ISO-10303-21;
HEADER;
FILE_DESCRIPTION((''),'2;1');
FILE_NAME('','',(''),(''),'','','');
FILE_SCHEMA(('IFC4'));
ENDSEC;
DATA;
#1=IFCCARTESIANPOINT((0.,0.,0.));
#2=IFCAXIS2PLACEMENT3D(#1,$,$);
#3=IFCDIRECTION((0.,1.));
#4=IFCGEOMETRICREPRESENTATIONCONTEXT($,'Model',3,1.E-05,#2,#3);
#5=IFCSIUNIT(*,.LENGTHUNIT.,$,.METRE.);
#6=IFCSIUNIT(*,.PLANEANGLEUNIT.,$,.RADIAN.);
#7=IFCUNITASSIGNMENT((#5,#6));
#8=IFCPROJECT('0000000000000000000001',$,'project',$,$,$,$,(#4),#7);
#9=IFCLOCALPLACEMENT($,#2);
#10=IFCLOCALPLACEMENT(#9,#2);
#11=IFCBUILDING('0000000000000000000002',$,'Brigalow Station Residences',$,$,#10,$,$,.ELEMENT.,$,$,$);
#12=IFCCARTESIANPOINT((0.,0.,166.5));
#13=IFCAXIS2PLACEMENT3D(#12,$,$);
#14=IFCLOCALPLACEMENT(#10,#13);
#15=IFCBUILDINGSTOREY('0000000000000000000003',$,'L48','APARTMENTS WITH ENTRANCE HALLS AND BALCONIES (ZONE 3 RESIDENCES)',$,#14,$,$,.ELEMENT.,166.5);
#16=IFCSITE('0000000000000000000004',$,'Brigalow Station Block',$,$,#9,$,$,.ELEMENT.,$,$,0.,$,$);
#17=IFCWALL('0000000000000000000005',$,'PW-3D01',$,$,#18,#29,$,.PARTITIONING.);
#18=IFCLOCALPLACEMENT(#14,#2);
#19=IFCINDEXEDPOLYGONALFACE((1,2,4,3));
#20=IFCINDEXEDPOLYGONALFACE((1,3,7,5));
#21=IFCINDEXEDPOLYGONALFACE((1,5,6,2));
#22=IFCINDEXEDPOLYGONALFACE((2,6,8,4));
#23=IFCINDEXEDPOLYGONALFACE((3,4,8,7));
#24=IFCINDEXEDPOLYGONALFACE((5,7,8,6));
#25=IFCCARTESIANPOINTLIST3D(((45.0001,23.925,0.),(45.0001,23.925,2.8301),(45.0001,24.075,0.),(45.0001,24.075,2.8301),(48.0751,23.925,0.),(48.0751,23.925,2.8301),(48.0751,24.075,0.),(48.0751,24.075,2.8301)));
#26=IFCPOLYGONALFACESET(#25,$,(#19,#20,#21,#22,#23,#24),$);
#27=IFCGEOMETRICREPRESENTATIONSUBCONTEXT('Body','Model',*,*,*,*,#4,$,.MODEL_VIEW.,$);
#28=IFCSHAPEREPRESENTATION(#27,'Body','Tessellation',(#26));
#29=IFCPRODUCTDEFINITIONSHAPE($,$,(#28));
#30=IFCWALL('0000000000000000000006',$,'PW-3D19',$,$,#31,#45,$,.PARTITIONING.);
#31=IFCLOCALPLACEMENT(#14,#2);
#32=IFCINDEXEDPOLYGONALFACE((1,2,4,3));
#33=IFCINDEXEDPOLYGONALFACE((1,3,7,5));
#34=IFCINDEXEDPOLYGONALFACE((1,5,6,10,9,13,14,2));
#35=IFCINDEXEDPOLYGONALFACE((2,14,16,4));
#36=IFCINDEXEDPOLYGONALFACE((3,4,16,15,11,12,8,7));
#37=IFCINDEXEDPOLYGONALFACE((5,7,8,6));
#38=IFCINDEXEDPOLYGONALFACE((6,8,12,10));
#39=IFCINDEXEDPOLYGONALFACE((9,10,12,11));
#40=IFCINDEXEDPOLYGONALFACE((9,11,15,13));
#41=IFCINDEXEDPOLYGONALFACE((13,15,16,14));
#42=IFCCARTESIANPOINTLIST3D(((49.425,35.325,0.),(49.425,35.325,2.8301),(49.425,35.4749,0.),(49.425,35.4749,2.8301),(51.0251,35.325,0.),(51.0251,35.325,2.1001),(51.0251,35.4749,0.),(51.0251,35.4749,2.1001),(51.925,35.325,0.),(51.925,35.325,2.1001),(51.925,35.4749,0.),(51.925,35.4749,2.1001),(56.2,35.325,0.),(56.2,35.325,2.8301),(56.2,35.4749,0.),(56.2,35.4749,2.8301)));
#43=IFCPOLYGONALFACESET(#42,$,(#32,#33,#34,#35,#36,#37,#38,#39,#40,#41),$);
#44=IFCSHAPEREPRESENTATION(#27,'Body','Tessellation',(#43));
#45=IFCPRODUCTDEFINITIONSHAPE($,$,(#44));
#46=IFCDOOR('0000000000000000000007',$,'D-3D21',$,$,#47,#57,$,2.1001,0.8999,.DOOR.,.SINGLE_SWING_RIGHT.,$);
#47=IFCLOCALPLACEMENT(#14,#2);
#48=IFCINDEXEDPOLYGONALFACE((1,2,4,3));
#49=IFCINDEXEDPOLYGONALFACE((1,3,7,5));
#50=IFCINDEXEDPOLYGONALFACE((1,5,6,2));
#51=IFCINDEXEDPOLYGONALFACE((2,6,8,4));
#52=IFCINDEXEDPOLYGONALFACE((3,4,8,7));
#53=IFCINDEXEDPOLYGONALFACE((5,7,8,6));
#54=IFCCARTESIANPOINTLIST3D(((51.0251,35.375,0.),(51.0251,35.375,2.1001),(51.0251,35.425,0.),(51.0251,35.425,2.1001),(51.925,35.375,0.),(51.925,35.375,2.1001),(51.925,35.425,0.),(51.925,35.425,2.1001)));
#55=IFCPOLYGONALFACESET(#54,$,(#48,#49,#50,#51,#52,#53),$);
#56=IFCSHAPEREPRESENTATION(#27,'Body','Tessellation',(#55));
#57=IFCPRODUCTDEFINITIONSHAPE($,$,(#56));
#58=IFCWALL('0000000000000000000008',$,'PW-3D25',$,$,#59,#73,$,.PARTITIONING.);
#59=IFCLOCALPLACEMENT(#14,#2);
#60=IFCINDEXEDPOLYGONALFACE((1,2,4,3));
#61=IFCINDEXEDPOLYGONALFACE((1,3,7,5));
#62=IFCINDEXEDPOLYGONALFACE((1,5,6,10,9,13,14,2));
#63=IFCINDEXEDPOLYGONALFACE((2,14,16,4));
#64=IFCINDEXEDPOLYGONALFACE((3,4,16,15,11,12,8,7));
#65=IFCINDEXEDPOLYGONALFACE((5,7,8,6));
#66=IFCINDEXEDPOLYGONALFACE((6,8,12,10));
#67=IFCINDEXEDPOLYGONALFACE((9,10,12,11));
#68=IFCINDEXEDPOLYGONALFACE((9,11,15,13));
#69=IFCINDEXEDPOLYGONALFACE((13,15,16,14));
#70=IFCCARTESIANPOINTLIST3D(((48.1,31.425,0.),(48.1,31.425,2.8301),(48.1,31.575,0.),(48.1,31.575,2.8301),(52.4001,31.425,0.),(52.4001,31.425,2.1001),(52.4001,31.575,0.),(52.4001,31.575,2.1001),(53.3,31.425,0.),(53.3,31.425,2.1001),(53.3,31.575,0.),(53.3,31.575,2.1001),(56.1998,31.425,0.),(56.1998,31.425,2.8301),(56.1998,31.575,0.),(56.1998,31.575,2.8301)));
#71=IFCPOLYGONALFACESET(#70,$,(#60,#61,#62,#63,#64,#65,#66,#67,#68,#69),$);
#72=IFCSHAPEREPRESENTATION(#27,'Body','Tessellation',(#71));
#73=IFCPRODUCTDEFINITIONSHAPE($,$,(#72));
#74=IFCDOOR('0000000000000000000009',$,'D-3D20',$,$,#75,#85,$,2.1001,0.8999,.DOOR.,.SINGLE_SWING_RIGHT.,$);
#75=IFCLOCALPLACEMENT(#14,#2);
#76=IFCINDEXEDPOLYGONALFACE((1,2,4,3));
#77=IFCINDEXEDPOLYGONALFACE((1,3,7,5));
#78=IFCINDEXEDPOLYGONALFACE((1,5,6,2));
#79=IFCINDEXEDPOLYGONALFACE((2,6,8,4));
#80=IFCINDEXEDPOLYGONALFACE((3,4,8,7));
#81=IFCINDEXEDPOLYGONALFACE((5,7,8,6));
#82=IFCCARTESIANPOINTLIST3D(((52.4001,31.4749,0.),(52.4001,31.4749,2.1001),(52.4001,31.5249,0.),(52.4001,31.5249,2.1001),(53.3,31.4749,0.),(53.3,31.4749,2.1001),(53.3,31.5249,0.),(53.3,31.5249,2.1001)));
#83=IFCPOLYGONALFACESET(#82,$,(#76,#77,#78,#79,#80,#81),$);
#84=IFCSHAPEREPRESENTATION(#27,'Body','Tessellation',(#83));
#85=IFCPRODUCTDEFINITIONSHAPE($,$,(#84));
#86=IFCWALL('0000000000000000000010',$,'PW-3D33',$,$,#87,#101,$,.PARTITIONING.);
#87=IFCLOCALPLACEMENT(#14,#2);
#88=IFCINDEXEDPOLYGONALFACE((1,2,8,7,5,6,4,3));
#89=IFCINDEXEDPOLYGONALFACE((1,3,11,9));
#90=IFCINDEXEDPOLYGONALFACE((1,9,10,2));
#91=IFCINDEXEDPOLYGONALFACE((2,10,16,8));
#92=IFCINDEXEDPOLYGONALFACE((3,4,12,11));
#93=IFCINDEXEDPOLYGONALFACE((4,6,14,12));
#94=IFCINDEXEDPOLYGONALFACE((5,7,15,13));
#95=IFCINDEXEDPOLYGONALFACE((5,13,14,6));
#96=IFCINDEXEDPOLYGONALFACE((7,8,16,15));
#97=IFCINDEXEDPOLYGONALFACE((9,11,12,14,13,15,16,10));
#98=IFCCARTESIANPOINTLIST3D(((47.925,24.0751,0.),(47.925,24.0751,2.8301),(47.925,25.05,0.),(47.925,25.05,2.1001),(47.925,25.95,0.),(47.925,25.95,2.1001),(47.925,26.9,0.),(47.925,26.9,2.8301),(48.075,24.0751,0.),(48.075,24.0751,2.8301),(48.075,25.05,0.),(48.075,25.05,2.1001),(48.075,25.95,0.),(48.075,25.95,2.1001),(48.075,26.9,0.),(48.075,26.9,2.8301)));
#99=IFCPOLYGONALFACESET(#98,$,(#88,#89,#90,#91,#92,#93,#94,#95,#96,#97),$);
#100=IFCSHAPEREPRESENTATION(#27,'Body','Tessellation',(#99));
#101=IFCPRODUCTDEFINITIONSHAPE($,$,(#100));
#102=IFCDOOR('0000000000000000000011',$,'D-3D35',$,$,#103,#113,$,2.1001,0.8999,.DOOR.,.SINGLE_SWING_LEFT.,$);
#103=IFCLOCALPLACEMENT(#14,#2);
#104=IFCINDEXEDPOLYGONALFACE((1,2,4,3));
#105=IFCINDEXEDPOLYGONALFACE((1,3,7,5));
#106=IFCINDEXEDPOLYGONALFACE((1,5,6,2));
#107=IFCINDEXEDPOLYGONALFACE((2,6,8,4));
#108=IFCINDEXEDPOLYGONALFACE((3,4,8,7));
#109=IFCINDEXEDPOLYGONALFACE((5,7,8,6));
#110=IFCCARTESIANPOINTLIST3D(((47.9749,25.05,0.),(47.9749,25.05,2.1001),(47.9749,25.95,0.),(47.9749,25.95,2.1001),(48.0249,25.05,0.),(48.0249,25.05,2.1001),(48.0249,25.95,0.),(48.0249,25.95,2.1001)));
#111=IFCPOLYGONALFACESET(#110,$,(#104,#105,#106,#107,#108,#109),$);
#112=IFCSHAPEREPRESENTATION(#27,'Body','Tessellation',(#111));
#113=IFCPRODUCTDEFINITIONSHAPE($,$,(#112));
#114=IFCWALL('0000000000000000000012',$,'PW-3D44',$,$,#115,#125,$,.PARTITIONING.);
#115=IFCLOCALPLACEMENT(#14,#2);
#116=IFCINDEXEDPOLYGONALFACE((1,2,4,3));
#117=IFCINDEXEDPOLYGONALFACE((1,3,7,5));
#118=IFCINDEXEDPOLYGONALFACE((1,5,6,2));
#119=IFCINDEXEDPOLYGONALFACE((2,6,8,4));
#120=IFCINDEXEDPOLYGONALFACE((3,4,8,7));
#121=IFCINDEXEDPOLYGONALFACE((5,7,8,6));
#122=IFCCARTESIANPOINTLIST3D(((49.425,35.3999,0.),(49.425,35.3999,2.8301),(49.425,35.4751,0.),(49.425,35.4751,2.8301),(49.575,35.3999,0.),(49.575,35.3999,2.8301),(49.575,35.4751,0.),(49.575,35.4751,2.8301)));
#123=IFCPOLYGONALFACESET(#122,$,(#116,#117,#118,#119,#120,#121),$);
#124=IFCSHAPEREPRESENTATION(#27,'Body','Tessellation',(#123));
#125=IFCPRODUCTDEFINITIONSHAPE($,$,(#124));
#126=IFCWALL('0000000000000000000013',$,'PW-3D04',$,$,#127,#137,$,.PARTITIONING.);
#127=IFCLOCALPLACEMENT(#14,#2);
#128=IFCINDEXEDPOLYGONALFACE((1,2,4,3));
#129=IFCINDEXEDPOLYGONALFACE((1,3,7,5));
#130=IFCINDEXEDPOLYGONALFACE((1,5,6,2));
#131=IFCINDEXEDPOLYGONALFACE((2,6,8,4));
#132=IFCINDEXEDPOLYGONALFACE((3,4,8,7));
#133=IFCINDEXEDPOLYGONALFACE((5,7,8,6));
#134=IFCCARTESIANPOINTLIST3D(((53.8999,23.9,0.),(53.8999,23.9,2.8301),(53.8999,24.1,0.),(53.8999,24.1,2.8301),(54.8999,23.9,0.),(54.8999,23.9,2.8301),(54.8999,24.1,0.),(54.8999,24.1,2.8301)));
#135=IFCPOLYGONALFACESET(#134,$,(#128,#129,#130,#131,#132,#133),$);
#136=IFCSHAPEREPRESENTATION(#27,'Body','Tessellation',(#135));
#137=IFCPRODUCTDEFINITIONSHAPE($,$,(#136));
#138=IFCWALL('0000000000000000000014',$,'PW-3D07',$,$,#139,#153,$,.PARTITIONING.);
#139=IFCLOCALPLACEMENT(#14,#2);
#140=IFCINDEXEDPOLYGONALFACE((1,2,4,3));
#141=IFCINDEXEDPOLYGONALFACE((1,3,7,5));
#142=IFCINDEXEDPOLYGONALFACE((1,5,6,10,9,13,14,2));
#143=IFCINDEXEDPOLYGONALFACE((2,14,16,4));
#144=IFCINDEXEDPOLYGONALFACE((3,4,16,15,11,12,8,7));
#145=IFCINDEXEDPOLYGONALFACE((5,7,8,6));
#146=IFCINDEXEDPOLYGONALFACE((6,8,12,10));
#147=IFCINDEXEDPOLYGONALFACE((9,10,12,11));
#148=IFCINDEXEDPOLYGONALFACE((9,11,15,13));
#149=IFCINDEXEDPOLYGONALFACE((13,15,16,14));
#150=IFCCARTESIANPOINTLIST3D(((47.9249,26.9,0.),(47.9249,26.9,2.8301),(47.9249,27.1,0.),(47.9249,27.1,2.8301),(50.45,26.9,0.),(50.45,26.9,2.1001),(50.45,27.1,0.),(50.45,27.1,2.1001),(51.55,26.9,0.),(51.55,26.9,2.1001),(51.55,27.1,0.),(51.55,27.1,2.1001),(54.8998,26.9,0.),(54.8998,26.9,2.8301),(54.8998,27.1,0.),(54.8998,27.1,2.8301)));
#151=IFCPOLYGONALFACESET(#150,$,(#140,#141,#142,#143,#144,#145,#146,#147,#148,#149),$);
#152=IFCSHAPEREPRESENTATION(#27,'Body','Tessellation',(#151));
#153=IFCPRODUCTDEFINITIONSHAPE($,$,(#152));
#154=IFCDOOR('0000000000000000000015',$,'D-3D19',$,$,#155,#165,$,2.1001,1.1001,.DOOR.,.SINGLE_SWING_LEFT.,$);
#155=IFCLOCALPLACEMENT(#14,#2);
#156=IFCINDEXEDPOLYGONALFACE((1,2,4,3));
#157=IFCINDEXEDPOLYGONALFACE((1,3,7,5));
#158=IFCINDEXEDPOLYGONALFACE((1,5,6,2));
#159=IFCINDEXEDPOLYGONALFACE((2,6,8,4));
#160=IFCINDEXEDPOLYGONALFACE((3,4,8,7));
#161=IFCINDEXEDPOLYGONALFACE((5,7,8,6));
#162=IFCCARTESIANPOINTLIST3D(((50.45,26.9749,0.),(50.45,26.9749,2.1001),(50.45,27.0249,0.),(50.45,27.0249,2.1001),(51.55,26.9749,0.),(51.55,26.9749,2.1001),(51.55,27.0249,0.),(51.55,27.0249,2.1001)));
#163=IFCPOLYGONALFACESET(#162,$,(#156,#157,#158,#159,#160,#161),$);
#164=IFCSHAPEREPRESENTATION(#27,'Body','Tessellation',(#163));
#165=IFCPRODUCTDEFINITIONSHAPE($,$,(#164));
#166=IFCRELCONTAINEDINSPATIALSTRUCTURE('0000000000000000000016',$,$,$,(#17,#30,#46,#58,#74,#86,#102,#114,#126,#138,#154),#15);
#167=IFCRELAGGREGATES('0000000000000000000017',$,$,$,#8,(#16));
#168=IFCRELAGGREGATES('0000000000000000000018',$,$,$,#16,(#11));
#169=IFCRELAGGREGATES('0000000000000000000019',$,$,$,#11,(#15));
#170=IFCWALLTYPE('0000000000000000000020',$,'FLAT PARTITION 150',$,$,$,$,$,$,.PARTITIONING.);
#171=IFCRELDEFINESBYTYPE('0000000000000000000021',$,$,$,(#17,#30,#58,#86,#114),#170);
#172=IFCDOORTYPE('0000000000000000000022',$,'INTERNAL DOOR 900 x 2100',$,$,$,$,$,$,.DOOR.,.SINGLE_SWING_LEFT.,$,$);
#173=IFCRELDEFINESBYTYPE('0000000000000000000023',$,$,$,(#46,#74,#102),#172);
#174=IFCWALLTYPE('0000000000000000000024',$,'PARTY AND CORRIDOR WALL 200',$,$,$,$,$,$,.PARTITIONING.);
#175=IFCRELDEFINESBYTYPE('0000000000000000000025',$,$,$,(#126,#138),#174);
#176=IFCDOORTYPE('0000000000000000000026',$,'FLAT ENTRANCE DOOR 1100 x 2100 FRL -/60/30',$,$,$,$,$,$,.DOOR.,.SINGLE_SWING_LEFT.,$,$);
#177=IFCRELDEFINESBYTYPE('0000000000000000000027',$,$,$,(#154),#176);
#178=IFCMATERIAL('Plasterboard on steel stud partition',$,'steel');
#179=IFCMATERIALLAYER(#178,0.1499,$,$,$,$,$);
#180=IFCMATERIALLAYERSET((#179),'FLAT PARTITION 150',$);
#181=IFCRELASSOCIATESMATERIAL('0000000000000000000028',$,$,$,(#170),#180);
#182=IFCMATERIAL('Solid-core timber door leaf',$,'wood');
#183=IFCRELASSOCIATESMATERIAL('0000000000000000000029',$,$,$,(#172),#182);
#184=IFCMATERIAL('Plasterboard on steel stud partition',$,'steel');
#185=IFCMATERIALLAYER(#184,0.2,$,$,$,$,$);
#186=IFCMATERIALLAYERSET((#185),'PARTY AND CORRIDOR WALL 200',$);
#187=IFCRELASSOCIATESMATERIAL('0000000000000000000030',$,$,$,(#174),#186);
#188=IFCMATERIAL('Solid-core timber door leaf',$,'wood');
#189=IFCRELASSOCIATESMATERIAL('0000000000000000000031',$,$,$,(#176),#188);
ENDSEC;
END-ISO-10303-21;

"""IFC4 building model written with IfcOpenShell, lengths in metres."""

from ifc_helpers import new_model, si_unit, direction, frame, frame_2d, origin, place, context, subcontext, project, spatial, rectangle, extrude, material, layer, layer_set, type_object, element, fill, save


model = new_model("IFC4")

# Units and contexts
model_context = context("Model", 3, precision=1e-05, world=origin(), true_north=direction((0.0, 1.0)))
body_context = subcontext(model_context, "Body", "Model", "MODEL_VIEW")
ifc_project = project(units=[si_unit("LENGTHUNIT", "METRE"), si_unit("PLANEANGLEUNIT", "RADIAN")], contexts=[model_context])

# Site, building, storey
site_placement = place(None, origin())
site = spatial("IfcSite", under=ifc_project, at=site_placement, Name="Brigalow Station Block", CompositionType="ELEMENT", RefElevation=0.0)
building_placement = place(site_placement, origin())
building = spatial("IfcBuilding", under=site, at=building_placement, Name="Brigalow Station Residences", CompositionType="ELEMENT")
storey_placement = place(building_placement, frame((0.0, 0.0, 166.5)))
storey = spatial("IfcBuildingStorey", under=building, at=storey_placement, Name="L48", Description="APARTMENTS WITH ENTRANCE HALLS AND BALCONIES (ZONE 3 RESIDENCES)", CompositionType="ELEMENT", Elevation=166.5)

# Wall
ifc_material_1 = material(Name="Plasterboard on steel stud partition", Category="steel")
ifc_layer_1 = layer(ifc_material_1, 0.1499)
ifc_layer_set_1 = layer_set([ifc_layer_1], Name="FLAT PARTITION 150")
wall_type_1 = type_object("IfcWallType", Name="FLAT PARTITION 150", PredefinedType="PARTITIONING", material=ifc_layer_set_1)
wall_1_placement = place(storey_placement, frame((45.0, 24.0, 0.0), z_axis=(0.0, 0.0, 1.0), x_axis=(1.0, 0.0, 0.0)))
element("IfcWall", 1, at=wall_1_placement, inside=storey, type_object=wall_type_1, Name="PW-3D01", PredefinedType="PARTITIONING", context=body_context, shape_type="SweptSolid", body=[
    extrude(rectangle(XDim=3.075, YDim=0.1499, at=frame_2d((1.5376, 0.0))), origin(), (0.0, 0.0, 1.0), 2.8301),
])

# Walls, openings, doors
wall_2_placement = place(storey_placement, frame((49.425, 35.3999, 0.0), z_axis=(0.0, 0.0, 1.0), x_axis=(1.0, 0.0, 0.0)))
wall_2 = element("IfcWall", 2, at=wall_2_placement, inside=storey, type_object=wall_type_1, Name="PW-3D19", PredefinedType="PARTITIONING", context=body_context, shape_type="SweptSolid", body=[
    extrude(rectangle(XDim=6.7749, YDim=0.1499, at=frame_2d((3.3875, 0.0))), origin(), (0.0, 0.0, 1.0), 2.8301),
])
opening_1_placement = place(wall_2_placement, frame((1.6001, 0.0, 0.0)))
opening_1 = element("IfcOpeningElement", 3, at=opening_1_placement, cuts=wall_2, PredefinedType="OPENING", context=body_context, shape_type="SweptSolid", body=[
    extrude(rectangle(XDim=0.8999, YDim=2.1001, at=frame_2d((0.45, 1.05))), frame((0.0, 0.085, 0.0), z_axis=(0.0, -1.0, 0.0), x_axis=(1.0, 0.0, 0.0)), (0.0, 0.0, 1.0), 0.1699),
])
ifc_material_2 = material(Name="Solid-core timber door leaf", Category="wood")
door_type_1 = type_object("IfcDoorType", Name="INTERNAL DOOR 900 x 2100", OperationType="SINGLE_SWING_LEFT", PredefinedType="DOOR", material=ifc_material_2)
door_1_placement = place(opening_1_placement, frame((0.8999, 0.0, 0.0), z_axis=(0.0, 0.0, 1.0), x_axis=(-1.0, 0.0, 0.0)))
door_1 = element("IfcDoor", 4, at=door_1_placement, inside=storey, type_object=door_type_1, Name="D-3D21", OperationType="SINGLE_SWING_RIGHT", OverallHeight=2.1001, OverallWidth=0.8999, PredefinedType="DOOR", context=body_context, shape_type="SweptSolid", body=[
    extrude(rectangle(XDim=0.8999, YDim=2.1001, at=frame_2d((0.45, 1.05))), frame((0.0, 0.0249, 0.0), z_axis=(0.0, -1.0, 0.0), x_axis=(1.0, 0.0, 0.0)), (0.0, 0.0, 1.0), 0.05),
])
fill(opening_1, door_1)
wall_3_placement = place(storey_placement, frame((48.1001, 31.5, 0.0), z_axis=(0.0, 0.0, 1.0), x_axis=(1.0, 0.0, 0.0)))
wall_3 = element("IfcWall", 5, at=wall_3_placement, inside=storey, type_object=wall_type_1, Name="PW-3D25", PredefinedType="PARTITIONING", context=body_context, shape_type="SweptSolid", body=[
    extrude(rectangle(XDim=8.0999, YDim=0.1499, at=frame_2d((4.0498, 0.0))), origin(), (0.0, 0.0, 1.0), 2.8301),
])
opening_2_placement = place(wall_3_placement, frame((4.3, 0.0, 0.0)))
opening_2 = element("IfcOpeningElement", 6, at=opening_2_placement, cuts=wall_3, PredefinedType="OPENING", context=body_context, shape_type="SweptSolid", body=[
    extrude(rectangle(XDim=0.8999, YDim=2.1001, at=frame_2d((0.45, 1.05))), frame((0.0, 0.085, 0.0), z_axis=(0.0, -1.0, 0.0), x_axis=(1.0, 0.0, 0.0)), (0.0, 0.0, 1.0), 0.1699),
])
door_2_placement = place(opening_2_placement, origin())
door_2 = element("IfcDoor", 7, at=door_2_placement, inside=storey, type_object=door_type_1, Name="D-3D20", OperationType="SINGLE_SWING_RIGHT", OverallHeight=2.1001, OverallWidth=0.8999, PredefinedType="DOOR", context=body_context, shape_type="SweptSolid", body=[
    extrude(rectangle(XDim=0.8999, YDim=2.1001, at=frame_2d((0.45, 1.05))), frame((0.0, 0.0249, 0.0), z_axis=(0.0, -1.0, 0.0), x_axis=(1.0, 0.0, 0.0)), (0.0, 0.0, 1.0), 0.05),
])
fill(opening_2, door_2)
wall_4_placement = place(storey_placement, frame((48.0, 24.075, 0.0), z_axis=(0.0, 0.0, 1.0), x_axis=(0.0, 1.0, 0.0)))
wall_4 = element("IfcWall", 8, at=wall_4_placement, inside=storey, type_object=wall_type_1, Name="PW-3D33", PredefinedType="PARTITIONING", context=body_context, shape_type="SweptSolid", body=[
    extrude(rectangle(XDim=2.825, YDim=0.1499, at=frame_2d((1.4126, 0.0))), origin(), (0.0, 0.0, 1.0), 2.8301),
])
opening_3_placement = place(wall_4_placement, frame((0.9751, 0.0, 0.0)))
opening_3 = element("IfcOpeningElement", 9, at=opening_3_placement, cuts=wall_4, PredefinedType="OPENING", context=body_context, shape_type="SweptSolid", body=[
    extrude(rectangle(XDim=0.8999, YDim=2.1001, at=frame_2d((0.45, 1.05))), frame((0.0, 0.085, 0.0), z_axis=(0.0, -1.0, 0.0), x_axis=(1.0, 0.0, 0.0)), (0.0, 0.0, 1.0), 0.1699),
])
door_3_placement = place(opening_3_placement, frame((0.8999, 0.0, 0.0), z_axis=(0.0, 0.0, 1.0), x_axis=(-1.0, 0.0, 0.0)))
door_3 = element("IfcDoor", 10, at=door_3_placement, inside=storey, type_object=door_type_1, Name="D-3D35", OperationType="SINGLE_SWING_LEFT", OverallHeight=2.1001, OverallWidth=0.8999, PredefinedType="DOOR", context=body_context, shape_type="SweptSolid", body=[
    extrude(rectangle(XDim=0.8999, YDim=2.1001, at=frame_2d((0.45, 1.05))), frame((0.0, 0.0249, 0.0), z_axis=(0.0, -1.0, 0.0), x_axis=(1.0, 0.0, 0.0)), (0.0, 0.0, 1.0), 0.05),
])
fill(opening_3, door_3)

# Walls
wall_5_placement = place(storey_placement, frame((49.5, 35.3999, 0.0), z_axis=(0.0, 0.0, 1.0), x_axis=(0.0, 1.0, 0.0)))
element("IfcWall", 11, at=wall_5_placement, inside=storey, type_object=wall_type_1, Name="PW-3D44", PredefinedType="PARTITIONING", context=body_context, shape_type="SweptSolid", body=[
    extrude(rectangle(XDim=0.0752, YDim=0.1499, at=frame_2d((0.0376, 0.0))), origin(), (0.0, 0.0, 1.0), 2.8301),
])
ifc_material_3 = material(Name="Plasterboard on steel stud partition", Category="steel")
ifc_layer_2 = layer(ifc_material_3, 0.2)
ifc_layer_set_2 = layer_set([ifc_layer_2], Name="PARTY AND CORRIDOR WALL 200")
wall_type_2 = type_object("IfcWallType", Name="PARTY AND CORRIDOR WALL 200", PredefinedType="PARTITIONING", material=ifc_layer_set_2)
wall_6_placement = place(storey_placement, frame((53.8999, 24.0, 0.0), z_axis=(0.0, 0.0, 1.0), x_axis=(1.0, 0.0, 0.0)))
element("IfcWall", 12, at=wall_6_placement, inside=storey, type_object=wall_type_2, Name="PW-3D04", PredefinedType="PARTITIONING", context=body_context, shape_type="SweptSolid", body=[
    extrude(rectangle(XDim=1.0, YDim=0.2, at=frame_2d((0.5, 0.0))), origin(), (0.0, 0.0, 1.0), 2.8301),
])

# Wall, opening, door
wall_7_placement = place(storey_placement, frame((47.925, 27.0, 0.0), z_axis=(0.0, 0.0, 1.0), x_axis=(1.0, 0.0, 0.0)))
wall_7 = element("IfcWall", 13, at=wall_7_placement, inside=storey, type_object=wall_type_2, Name="PW-3D07", PredefinedType="PARTITIONING", context=body_context, shape_type="SweptSolid", body=[
    extrude(rectangle(XDim=6.9749, YDim=0.2, at=frame_2d((3.4873, 0.0))), origin(), (0.0, 0.0, 1.0), 2.8301),
])
opening_4_placement = place(wall_7_placement, frame((2.5249, 0.0, 0.0)))
opening_4 = element("IfcOpeningElement", 14, at=opening_4_placement, cuts=wall_7, PredefinedType="OPENING", context=body_context, shape_type="SweptSolid", body=[
    extrude(rectangle(XDim=1.1001, YDim=2.1001, at=frame_2d((0.55, 1.05))), frame((0.0, 0.1099, 0.0), z_axis=(0.0, -1.0, 0.0), x_axis=(1.0, 0.0, 0.0)), (0.0, 0.0, 1.0), 0.22),
])
ifc_material_4 = material(Name="Solid-core timber door leaf", Category="wood")
door_type_2 = type_object("IfcDoorType", Name="FLAT ENTRANCE DOOR 1100 x 2100 FRL -/60/30", OperationType="SINGLE_SWING_LEFT", PredefinedType="DOOR", material=ifc_material_4)
door_4_placement = place(opening_4_placement, origin())
door_4 = element("IfcDoor", 15, at=door_4_placement, inside=storey, type_object=door_type_2, Name="D-3D19", OperationType="SINGLE_SWING_LEFT", OverallHeight=2.1001, OverallWidth=1.1001, PredefinedType="DOOR", context=body_context, shape_type="SweptSolid", body=[
    extrude(rectangle(XDim=1.1001, YDim=2.1001, at=frame_2d((0.55, 1.05))), frame((0.0, 0.0249, 0.0), z_axis=(0.0, -1.0, 0.0), x_axis=(1.0, 0.0, 0.0)), (0.0, 0.0, 1.0), 0.05),
])
fill(opening_4, door_4)

save(model, "model.ifc")
